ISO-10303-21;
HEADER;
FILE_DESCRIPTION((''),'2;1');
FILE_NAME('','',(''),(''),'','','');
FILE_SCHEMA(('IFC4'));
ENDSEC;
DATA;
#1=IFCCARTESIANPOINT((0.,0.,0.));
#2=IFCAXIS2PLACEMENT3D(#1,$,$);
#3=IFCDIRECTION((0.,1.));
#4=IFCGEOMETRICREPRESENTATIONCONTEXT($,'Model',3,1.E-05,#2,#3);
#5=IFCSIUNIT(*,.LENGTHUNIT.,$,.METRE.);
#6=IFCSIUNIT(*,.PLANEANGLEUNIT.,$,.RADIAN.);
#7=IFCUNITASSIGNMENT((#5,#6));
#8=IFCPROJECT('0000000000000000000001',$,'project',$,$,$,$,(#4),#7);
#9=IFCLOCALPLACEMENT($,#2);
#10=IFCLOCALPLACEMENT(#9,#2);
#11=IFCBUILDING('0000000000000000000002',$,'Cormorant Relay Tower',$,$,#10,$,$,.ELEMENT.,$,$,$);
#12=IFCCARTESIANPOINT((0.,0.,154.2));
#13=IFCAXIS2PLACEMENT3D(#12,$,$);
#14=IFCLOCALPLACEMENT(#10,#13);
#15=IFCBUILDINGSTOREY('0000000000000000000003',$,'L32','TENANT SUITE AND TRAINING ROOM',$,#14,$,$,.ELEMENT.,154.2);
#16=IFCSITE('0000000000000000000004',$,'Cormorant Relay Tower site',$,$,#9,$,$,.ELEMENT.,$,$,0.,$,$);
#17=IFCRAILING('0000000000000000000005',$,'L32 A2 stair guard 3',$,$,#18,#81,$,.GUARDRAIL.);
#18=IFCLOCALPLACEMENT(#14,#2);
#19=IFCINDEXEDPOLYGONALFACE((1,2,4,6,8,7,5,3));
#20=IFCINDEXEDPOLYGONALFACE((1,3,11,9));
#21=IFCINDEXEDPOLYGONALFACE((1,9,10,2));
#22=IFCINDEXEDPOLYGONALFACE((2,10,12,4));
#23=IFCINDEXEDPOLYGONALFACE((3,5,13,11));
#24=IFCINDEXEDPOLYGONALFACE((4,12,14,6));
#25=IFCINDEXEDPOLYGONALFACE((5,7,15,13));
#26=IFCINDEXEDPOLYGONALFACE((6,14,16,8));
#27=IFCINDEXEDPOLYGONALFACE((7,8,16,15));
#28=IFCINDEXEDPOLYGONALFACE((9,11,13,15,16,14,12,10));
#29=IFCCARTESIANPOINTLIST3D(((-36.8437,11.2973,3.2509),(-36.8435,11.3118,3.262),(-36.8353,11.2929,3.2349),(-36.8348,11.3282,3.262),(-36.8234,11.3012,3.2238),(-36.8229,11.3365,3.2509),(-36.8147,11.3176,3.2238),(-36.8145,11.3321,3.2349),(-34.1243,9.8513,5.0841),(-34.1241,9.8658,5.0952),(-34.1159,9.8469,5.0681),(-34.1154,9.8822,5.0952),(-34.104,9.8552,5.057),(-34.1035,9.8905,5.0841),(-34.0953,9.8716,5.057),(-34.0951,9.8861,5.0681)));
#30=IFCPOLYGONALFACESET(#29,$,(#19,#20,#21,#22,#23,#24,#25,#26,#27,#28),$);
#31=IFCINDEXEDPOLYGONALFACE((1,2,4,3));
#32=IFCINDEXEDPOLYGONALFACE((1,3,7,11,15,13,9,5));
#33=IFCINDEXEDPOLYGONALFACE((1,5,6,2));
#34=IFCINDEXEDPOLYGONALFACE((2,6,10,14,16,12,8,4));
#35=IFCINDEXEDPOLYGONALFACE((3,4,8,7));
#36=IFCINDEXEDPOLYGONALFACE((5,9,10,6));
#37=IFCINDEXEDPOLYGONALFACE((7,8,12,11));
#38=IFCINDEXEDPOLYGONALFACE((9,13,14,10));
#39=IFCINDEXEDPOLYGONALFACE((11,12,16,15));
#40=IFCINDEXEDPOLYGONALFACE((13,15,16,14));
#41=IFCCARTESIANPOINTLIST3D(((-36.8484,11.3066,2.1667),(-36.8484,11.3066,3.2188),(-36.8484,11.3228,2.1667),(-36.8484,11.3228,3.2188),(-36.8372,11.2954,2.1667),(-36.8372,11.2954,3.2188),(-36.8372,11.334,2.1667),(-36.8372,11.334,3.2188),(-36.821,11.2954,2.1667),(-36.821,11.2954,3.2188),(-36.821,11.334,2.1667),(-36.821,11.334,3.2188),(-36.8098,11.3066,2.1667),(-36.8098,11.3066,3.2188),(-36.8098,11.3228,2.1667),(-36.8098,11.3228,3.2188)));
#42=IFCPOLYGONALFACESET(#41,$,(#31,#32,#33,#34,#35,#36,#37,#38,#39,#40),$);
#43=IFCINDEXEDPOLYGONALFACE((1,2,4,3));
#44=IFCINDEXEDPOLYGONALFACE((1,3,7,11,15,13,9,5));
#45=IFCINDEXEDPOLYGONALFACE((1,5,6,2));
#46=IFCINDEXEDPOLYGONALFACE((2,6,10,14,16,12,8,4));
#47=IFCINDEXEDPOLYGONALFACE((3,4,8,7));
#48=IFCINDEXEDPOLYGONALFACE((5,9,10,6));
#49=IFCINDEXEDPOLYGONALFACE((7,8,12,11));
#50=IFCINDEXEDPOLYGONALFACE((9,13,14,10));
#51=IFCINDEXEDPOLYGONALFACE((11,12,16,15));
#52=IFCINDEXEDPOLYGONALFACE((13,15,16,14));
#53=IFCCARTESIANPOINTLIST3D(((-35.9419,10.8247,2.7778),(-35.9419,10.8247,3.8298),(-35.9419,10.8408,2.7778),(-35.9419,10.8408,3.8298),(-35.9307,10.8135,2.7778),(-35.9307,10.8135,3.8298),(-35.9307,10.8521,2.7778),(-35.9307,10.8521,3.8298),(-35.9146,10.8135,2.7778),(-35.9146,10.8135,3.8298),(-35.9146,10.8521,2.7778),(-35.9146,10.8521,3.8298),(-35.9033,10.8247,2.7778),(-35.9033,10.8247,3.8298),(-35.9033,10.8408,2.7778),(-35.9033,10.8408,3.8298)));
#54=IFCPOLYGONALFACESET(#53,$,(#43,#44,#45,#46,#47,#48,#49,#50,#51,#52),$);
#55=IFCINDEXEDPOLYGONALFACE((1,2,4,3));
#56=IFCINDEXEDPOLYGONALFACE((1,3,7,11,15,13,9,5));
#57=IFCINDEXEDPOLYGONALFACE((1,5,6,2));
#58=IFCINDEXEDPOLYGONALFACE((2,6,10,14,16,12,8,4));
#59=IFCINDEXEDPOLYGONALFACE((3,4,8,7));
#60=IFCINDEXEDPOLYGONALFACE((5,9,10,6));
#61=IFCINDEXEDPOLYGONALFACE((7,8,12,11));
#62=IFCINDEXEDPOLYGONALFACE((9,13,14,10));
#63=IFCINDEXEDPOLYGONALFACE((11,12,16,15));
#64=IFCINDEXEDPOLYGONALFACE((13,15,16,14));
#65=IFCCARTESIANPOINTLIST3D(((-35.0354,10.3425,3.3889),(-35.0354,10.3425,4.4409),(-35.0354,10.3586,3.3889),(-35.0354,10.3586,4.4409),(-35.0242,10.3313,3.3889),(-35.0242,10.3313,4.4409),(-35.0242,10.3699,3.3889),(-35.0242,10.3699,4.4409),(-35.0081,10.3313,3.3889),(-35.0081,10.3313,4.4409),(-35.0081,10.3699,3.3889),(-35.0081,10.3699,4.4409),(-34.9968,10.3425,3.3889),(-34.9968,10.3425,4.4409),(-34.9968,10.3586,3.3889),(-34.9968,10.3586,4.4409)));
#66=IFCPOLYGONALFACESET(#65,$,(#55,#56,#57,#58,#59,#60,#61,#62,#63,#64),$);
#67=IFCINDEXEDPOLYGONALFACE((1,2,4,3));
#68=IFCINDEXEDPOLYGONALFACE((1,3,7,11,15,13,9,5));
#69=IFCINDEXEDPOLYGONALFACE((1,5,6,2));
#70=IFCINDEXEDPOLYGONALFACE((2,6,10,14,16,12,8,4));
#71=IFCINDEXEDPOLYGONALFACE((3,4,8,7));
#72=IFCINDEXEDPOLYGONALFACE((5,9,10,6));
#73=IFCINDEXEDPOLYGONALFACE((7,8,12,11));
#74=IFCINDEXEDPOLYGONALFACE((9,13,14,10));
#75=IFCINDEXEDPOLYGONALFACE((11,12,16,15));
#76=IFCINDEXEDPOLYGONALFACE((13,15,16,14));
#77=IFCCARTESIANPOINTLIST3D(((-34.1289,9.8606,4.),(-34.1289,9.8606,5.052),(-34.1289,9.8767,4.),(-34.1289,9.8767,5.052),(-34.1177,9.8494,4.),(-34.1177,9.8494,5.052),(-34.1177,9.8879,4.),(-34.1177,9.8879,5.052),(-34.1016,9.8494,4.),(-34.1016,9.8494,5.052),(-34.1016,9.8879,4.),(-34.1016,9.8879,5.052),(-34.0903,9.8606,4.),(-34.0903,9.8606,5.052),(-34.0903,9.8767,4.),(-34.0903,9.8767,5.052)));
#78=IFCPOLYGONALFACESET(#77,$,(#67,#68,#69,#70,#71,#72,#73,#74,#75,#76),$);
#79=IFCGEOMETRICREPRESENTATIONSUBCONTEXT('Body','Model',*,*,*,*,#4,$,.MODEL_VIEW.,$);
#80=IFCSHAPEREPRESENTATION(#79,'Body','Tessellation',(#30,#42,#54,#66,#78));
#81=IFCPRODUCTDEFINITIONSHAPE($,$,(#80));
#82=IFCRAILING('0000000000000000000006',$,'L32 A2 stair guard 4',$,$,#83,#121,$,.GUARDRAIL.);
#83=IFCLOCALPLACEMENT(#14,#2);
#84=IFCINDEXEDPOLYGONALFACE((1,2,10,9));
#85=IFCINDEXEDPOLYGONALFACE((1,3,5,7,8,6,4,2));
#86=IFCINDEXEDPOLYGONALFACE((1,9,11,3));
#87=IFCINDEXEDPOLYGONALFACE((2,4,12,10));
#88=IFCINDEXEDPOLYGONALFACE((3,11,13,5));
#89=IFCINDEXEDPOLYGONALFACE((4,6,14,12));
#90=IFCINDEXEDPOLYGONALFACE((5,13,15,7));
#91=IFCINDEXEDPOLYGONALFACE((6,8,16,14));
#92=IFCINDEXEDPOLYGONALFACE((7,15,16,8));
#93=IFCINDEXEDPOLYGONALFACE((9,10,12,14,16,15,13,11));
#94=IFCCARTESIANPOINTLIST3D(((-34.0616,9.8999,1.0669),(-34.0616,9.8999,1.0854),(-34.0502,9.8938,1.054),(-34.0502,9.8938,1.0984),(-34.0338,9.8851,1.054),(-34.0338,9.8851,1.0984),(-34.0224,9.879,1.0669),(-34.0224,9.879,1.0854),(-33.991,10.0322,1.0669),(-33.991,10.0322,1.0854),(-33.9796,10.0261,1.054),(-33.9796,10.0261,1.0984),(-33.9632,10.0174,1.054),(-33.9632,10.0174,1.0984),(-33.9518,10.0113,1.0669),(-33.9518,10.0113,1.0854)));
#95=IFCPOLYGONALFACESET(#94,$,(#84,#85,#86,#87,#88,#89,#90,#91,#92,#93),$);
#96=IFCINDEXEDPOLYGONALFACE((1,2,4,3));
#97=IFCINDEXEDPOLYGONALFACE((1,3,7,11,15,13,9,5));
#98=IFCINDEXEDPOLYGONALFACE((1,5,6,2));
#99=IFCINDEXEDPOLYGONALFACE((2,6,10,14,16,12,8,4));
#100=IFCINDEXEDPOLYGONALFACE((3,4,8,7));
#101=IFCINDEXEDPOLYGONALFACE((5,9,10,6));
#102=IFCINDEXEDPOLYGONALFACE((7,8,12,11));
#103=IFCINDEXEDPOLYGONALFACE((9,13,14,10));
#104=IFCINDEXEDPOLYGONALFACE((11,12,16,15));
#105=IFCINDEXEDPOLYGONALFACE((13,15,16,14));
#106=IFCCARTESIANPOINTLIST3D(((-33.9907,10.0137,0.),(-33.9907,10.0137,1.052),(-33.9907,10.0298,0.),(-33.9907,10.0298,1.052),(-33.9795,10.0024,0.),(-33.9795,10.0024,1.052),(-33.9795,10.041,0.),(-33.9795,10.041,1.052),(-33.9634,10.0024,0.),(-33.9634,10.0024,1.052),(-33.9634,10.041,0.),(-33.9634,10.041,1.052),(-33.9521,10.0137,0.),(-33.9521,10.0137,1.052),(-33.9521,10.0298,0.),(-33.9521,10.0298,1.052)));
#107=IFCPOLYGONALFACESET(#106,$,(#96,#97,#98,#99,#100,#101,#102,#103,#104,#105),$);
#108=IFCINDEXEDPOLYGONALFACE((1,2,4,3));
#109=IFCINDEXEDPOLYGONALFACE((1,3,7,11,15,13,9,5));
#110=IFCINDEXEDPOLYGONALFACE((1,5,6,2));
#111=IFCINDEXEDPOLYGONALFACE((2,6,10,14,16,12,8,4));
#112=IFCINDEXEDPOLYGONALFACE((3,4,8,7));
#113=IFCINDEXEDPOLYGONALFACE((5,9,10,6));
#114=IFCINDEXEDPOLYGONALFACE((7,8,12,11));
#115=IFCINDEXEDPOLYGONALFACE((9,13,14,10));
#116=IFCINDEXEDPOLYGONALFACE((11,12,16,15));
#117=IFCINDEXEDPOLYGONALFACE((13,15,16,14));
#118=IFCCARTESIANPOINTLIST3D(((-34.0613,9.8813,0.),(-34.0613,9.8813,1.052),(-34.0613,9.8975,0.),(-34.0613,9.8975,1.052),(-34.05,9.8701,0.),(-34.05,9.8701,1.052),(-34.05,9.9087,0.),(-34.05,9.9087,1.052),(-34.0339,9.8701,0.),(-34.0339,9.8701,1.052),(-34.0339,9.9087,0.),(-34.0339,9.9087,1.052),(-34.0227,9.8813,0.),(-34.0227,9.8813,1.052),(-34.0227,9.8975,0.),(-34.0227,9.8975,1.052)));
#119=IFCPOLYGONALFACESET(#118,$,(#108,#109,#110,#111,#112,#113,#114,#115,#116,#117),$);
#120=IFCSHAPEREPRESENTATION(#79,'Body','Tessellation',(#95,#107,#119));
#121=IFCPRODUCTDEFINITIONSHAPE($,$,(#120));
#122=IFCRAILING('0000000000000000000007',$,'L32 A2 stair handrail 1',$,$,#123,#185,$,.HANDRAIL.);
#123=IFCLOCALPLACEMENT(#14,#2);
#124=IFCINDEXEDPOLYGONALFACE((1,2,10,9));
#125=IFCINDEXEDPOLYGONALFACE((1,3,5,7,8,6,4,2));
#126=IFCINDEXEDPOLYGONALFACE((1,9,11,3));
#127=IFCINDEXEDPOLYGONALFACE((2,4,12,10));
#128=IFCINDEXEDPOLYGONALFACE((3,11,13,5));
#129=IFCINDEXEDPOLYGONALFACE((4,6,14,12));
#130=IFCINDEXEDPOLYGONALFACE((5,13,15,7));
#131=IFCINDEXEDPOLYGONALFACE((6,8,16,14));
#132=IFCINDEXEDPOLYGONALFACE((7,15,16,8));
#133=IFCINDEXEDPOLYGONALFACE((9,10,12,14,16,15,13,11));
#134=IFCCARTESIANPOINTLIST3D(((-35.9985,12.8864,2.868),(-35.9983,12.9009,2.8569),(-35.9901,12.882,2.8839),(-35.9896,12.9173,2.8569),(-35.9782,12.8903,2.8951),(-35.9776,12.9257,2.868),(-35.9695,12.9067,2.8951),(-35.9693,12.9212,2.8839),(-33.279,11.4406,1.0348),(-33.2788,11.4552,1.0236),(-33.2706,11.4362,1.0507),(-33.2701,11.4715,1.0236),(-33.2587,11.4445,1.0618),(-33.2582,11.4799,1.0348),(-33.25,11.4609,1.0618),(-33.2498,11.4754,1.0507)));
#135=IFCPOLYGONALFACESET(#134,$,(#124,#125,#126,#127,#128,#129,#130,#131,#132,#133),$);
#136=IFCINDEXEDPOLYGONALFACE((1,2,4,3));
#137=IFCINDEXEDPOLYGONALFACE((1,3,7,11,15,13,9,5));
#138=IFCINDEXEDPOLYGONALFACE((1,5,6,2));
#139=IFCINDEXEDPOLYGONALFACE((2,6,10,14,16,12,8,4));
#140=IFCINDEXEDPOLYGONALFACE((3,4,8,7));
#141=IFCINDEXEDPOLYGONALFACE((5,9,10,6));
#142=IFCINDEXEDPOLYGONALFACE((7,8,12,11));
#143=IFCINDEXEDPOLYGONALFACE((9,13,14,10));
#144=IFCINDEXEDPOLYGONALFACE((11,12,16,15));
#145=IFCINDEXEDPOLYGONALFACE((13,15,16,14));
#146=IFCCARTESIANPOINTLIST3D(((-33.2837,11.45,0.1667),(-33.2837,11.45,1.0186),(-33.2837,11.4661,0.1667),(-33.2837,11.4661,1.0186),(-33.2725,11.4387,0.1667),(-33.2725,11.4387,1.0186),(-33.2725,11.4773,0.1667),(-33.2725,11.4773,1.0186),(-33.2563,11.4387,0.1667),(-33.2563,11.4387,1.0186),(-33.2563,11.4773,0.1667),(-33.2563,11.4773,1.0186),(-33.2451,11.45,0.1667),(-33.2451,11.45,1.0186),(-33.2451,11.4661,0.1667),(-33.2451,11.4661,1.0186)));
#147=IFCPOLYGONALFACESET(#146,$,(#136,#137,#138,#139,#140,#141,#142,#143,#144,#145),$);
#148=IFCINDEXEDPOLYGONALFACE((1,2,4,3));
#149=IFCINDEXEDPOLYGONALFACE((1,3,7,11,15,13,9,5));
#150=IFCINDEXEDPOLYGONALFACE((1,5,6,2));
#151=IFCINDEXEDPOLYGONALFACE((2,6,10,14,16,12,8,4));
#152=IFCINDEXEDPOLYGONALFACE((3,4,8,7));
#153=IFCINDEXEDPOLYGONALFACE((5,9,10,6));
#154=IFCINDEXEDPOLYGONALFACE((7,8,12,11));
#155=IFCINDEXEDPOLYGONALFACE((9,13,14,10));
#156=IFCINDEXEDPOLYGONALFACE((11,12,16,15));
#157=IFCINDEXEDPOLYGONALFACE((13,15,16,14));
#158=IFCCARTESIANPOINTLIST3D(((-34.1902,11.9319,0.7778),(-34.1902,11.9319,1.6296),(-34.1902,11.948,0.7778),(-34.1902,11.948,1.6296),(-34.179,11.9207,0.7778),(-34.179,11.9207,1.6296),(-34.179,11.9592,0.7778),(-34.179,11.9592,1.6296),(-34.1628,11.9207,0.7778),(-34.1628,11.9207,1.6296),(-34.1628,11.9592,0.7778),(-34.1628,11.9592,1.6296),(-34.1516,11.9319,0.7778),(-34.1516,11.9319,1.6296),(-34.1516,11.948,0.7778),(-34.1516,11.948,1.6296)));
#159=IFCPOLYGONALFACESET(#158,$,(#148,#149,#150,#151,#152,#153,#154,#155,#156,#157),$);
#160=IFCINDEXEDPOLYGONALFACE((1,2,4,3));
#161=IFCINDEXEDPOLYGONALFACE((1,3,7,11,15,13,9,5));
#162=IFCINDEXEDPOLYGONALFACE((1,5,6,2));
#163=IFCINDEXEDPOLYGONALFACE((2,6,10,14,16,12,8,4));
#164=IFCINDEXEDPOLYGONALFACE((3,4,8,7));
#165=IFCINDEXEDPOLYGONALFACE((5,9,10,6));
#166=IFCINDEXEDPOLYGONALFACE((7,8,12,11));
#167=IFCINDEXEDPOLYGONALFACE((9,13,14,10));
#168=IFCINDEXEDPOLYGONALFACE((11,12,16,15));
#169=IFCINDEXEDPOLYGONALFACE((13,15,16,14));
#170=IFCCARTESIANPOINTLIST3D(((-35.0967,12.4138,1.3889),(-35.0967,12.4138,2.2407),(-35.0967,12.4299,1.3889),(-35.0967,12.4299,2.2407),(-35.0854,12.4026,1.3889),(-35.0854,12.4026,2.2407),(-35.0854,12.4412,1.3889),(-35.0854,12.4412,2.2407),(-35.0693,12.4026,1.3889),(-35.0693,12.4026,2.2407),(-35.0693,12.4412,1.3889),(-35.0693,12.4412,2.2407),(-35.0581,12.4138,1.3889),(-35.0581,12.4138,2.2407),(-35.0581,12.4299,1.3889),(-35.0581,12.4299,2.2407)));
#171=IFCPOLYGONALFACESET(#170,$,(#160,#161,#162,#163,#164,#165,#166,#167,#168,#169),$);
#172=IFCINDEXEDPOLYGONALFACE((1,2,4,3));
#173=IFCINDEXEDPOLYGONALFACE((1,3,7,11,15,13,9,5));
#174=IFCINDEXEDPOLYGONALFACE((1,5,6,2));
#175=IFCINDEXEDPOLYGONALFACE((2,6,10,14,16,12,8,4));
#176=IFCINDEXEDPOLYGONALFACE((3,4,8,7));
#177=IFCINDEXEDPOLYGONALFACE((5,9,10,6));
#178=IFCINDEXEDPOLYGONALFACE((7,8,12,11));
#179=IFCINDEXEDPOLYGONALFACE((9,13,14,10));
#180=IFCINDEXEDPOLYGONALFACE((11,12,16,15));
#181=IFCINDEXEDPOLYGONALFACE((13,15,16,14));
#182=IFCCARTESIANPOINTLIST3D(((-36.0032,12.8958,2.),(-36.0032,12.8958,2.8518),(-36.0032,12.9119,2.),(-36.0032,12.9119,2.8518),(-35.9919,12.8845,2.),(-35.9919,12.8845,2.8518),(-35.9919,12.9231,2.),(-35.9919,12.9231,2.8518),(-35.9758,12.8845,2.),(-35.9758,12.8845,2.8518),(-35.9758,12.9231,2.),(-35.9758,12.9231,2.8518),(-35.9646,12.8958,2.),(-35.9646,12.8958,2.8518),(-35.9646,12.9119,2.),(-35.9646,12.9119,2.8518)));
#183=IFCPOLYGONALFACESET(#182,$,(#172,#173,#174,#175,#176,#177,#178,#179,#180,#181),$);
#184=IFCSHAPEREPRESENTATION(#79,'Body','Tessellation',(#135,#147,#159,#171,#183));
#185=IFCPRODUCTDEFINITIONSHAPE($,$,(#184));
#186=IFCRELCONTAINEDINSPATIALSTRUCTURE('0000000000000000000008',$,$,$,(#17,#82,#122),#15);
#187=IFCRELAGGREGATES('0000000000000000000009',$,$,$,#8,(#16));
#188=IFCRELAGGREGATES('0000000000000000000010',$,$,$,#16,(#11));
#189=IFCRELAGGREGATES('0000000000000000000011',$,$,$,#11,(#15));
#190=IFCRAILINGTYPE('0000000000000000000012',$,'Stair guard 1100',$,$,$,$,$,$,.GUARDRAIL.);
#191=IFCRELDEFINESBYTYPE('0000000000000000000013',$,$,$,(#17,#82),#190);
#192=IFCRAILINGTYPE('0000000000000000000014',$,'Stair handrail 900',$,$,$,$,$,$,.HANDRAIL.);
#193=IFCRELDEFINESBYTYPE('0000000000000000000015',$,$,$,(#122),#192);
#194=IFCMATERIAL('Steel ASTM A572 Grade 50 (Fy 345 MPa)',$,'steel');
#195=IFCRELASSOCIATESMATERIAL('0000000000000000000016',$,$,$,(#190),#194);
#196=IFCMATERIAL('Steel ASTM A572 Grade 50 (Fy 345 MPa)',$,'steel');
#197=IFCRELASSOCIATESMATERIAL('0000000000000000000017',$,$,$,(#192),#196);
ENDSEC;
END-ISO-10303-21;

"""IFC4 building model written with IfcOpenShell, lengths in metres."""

from ifc_helpers import new_model, si_unit, direction, frame, origin, place, context, subcontext, project, spatial, polyline, outline, extrude, material, type_object, element, save


model = new_model("IFC4")

# Units and contexts
model_context = context("Model", 3, precision=1e-05, world=origin(), true_north=direction((0.0, 1.0)))
body_context = subcontext(model_context, "Body", "Model", "MODEL_VIEW")
ifc_project = project(units=[si_unit("LENGTHUNIT", "METRE"), si_unit("PLANEANGLEUNIT", "RADIAN")], contexts=[model_context])

# Site, building, storey
site_placement = place(None, origin())
site = spatial("IfcSite", under=ifc_project, at=site_placement, Name="Cormorant Relay Tower site", CompositionType="ELEMENT", RefElevation=0.0)
building_placement = place(site_placement, origin())
building = spatial("IfcBuilding", under=site, at=building_placement, Name="Cormorant Relay Tower", CompositionType="ELEMENT")
storey_placement = place(building_placement, frame((0.0, 0.0, 154.2)))
storey = spatial("IfcBuildingStorey", under=building, at=storey_placement, Name="L32", Description="TENANT SUITE AND TRAINING ROOM", CompositionType="ELEMENT", Elevation=154.2)

# Railings
ifc_material_1 = material(Name="Steel ASTM A572 Grade 50 (Fy 345 MPa)", Category="steel")
railing_type_1 = type_object("IfcRailingType", Name="Stair guard 1100", PredefinedType="GUARDRAIL", material=ifc_material_1)
railing_1_placement = place(storey_placement, frame((-36.8291, 11.3147, 2.1667)))
element("IfcRailing", 1, at=railing_1_placement, inside=storey, type_object=railing_type_1, Name="L32 A2 stair guard 3", PredefinedType="GUARDRAIL", context=body_context, shape_type="SweptSolid", body=[
    extrude(outline(polyline([(0.0222, 0.0093), (0.0093, 0.0222), (-0.0093, 0.0222), (-0.0222, 0.0093), (-0.0222, -0.0093), (-0.0093, -0.0222), (0.0093, -0.0222), (0.0222, -0.0093), (0.0222, 0.0093)])), frame((0.0, 0.0, 1.0762), z_axis=(0.758714, -0.403435, 0.511463), x_axis=(0.469489, 0.882938, 0.0)), (0.0, 0.0, 1.0), 3.5842),
    extrude(outline(polyline([(0.0193, 0.0081), (0.0081, 0.0193), (-0.0081, 0.0193), (-0.0193, 0.0081), (-0.0193, -0.0081), (-0.0081, -0.0193), (0.0081, -0.0193), (0.0193, -0.0081), (0.0193, 0.0081)])), origin(), (0.0, 0.0, 1.0), 1.052),
    extrude(outline(polyline([(0.0193, 0.0081), (0.0081, 0.0193), (-0.0081, 0.0193), (-0.0193, 0.0081), (-0.0193, -0.0081), (-0.0081, -0.0193), (0.0081, -0.0193), (0.0193, -0.0081), (0.0193, 0.0081)])), frame((0.9065, -0.4819, 0.6111)), (0.0, 0.0, 1.0), 1.052),
    extrude(outline(polyline([(0.0193, 0.0081), (0.0081, 0.0193), (-0.0081, 0.0193), (-0.0193, 0.0081), (-0.0193, -0.0081), (-0.0081, -0.0193), (0.0081, -0.0193), (0.0193, -0.0081), (0.0193, 0.0081)])), frame((1.813, -0.9641, 1.2222)), (0.0, 0.0, 1.0), 1.052),
    extrude(outline(polyline([(0.0193, 0.0081), (0.0081, 0.0193), (-0.0081, 0.0193), (-0.0193, 0.0081), (-0.0193, -0.0081), (-0.0081, -0.0193), (0.0081, -0.0193), (0.0193, -0.0081), (0.0193, 0.0081)])), frame((2.7195, -1.446, 1.8333)), (0.0, 0.0, 1.0), 1.052),
])
railing_2_placement = place(storey_placement, frame((-33.9714, 10.0217, 0.0)))
element("IfcRailing", 2, at=railing_2_placement, inside=storey, type_object=railing_type_1, Name="L32 A2 stair guard 4", PredefinedType="GUARDRAIL", context=body_context, shape_type="SweptSolid", body=[
    extrude(outline(polyline([(0.0222, 0.0093), (0.0093, 0.0222), (-0.0093, 0.0222), (-0.0222, 0.0093), (-0.0222, -0.0093), (-0.0093, -0.0222), (0.0093, -0.0222), (0.0222, -0.0093), (0.0222, 0.0093)])), frame((0.0, 0.0, 1.0762), z_axis=(-0.470504, -0.882398, 0.0), x_axis=(0.882398, -0.470504, 0.0)), (0.0, 0.0, 1.0), 0.1499),
    extrude(outline(polyline([(0.0193, 0.0081), (0.0081, 0.0193), (-0.0081, 0.0193), (-0.0193, 0.0081), (-0.0193, -0.0081), (-0.0081, -0.0193), (0.0081, -0.0193), (0.0193, -0.0081), (0.0193, 0.0081)])), origin(), (0.0, 0.0, 1.0), 1.052),
    extrude(outline(polyline([(0.0193, 0.0081), (0.0081, 0.0193), (-0.0081, 0.0193), (-0.0193, 0.0081), (-0.0193, -0.0081), (-0.0081, -0.0193), (0.0081, -0.0193), (0.0193, -0.0081), (0.0193, 0.0081)])), frame((-0.0706, -0.1323, 0.0)), (0.0, 0.0, 1.0), 1.052),
])
ifc_material_2 = material(Name="Steel ASTM A572 Grade 50 (Fy 345 MPa)", Category="steel")
railing_type_2 = type_object("IfcRailingType", Name="Stair handrail 900", PredefinedType="HANDRAIL", material=ifc_material_2)
railing_3_placement = place(storey_placement, frame((-33.2644, 11.458, 0.1667)))
element("IfcRailing", 3, at=railing_3_placement, inside=storey, type_object=railing_type_2, Name="L32 A2 stair handrail 1", PredefinedType="HANDRAIL", context=body_context, shape_type="SweptSolid", body=[
    extrude(outline(polyline([(0.0222, 0.0093), (0.0093, 0.0222), (-0.0093, 0.0222), (-0.0222, 0.0093), (-0.0222, -0.0093), (-0.0093, -0.0222), (0.0093, -0.0222), (0.0222, -0.0093), (0.0222, 0.0093)])), frame((0.0, 0.0, 0.876), z_axis=(-0.758735, 0.403378, 0.511477), x_axis=(-0.469428, -0.882971, 0.0)), (0.0, 0.0, 1.0), 3.5842),
    extrude(outline(polyline([(0.0193, 0.0081), (0.0081, 0.0193), (-0.0081, 0.0193), (-0.0193, 0.0081), (-0.0193, -0.0081), (-0.0081, -0.0193), (0.0081, -0.0193), (0.0193, -0.0081), (0.0193, 0.0081)])), origin(), (0.0, 0.0, 1.0), 0.8518),
    extrude(outline(polyline([(0.0193, 0.0081), (0.0081, 0.0193), (-0.0081, 0.0193), (-0.0193, 0.0081), (-0.0193, -0.0081), (-0.0081, -0.0193), (0.0081, -0.0193), (0.0193, -0.0081), (0.0193, 0.0081)])), frame((-0.9065, 0.4819, 0.6111)), (0.0, 0.0, 1.0), 0.8518),
    extrude(outline(polyline([(0.0193, 0.0081), (0.0081, 0.0193), (-0.0081, 0.0193), (-0.0193, 0.0081), (-0.0193, -0.0081), (-0.0081, -0.0193), (0.0081, -0.0193), (0.0193, -0.0081), (0.0193, 0.0081)])), frame((-1.813, 0.9639, 1.2222)), (0.0, 0.0, 1.0), 0.8518),
    extrude(outline(polyline([(0.0193, 0.0081), (0.0081, 0.0193), (-0.0081, 0.0193), (-0.0193, 0.0081), (-0.0193, -0.0081), (-0.0081, -0.0193), (0.0081, -0.0193), (0.0193, -0.0081), (0.0193, 0.0081)])), frame((-2.7195, 1.4458, 1.8333)), (0.0, 0.0, 1.0), 0.8518),
])

save(model, "model.ifc")
